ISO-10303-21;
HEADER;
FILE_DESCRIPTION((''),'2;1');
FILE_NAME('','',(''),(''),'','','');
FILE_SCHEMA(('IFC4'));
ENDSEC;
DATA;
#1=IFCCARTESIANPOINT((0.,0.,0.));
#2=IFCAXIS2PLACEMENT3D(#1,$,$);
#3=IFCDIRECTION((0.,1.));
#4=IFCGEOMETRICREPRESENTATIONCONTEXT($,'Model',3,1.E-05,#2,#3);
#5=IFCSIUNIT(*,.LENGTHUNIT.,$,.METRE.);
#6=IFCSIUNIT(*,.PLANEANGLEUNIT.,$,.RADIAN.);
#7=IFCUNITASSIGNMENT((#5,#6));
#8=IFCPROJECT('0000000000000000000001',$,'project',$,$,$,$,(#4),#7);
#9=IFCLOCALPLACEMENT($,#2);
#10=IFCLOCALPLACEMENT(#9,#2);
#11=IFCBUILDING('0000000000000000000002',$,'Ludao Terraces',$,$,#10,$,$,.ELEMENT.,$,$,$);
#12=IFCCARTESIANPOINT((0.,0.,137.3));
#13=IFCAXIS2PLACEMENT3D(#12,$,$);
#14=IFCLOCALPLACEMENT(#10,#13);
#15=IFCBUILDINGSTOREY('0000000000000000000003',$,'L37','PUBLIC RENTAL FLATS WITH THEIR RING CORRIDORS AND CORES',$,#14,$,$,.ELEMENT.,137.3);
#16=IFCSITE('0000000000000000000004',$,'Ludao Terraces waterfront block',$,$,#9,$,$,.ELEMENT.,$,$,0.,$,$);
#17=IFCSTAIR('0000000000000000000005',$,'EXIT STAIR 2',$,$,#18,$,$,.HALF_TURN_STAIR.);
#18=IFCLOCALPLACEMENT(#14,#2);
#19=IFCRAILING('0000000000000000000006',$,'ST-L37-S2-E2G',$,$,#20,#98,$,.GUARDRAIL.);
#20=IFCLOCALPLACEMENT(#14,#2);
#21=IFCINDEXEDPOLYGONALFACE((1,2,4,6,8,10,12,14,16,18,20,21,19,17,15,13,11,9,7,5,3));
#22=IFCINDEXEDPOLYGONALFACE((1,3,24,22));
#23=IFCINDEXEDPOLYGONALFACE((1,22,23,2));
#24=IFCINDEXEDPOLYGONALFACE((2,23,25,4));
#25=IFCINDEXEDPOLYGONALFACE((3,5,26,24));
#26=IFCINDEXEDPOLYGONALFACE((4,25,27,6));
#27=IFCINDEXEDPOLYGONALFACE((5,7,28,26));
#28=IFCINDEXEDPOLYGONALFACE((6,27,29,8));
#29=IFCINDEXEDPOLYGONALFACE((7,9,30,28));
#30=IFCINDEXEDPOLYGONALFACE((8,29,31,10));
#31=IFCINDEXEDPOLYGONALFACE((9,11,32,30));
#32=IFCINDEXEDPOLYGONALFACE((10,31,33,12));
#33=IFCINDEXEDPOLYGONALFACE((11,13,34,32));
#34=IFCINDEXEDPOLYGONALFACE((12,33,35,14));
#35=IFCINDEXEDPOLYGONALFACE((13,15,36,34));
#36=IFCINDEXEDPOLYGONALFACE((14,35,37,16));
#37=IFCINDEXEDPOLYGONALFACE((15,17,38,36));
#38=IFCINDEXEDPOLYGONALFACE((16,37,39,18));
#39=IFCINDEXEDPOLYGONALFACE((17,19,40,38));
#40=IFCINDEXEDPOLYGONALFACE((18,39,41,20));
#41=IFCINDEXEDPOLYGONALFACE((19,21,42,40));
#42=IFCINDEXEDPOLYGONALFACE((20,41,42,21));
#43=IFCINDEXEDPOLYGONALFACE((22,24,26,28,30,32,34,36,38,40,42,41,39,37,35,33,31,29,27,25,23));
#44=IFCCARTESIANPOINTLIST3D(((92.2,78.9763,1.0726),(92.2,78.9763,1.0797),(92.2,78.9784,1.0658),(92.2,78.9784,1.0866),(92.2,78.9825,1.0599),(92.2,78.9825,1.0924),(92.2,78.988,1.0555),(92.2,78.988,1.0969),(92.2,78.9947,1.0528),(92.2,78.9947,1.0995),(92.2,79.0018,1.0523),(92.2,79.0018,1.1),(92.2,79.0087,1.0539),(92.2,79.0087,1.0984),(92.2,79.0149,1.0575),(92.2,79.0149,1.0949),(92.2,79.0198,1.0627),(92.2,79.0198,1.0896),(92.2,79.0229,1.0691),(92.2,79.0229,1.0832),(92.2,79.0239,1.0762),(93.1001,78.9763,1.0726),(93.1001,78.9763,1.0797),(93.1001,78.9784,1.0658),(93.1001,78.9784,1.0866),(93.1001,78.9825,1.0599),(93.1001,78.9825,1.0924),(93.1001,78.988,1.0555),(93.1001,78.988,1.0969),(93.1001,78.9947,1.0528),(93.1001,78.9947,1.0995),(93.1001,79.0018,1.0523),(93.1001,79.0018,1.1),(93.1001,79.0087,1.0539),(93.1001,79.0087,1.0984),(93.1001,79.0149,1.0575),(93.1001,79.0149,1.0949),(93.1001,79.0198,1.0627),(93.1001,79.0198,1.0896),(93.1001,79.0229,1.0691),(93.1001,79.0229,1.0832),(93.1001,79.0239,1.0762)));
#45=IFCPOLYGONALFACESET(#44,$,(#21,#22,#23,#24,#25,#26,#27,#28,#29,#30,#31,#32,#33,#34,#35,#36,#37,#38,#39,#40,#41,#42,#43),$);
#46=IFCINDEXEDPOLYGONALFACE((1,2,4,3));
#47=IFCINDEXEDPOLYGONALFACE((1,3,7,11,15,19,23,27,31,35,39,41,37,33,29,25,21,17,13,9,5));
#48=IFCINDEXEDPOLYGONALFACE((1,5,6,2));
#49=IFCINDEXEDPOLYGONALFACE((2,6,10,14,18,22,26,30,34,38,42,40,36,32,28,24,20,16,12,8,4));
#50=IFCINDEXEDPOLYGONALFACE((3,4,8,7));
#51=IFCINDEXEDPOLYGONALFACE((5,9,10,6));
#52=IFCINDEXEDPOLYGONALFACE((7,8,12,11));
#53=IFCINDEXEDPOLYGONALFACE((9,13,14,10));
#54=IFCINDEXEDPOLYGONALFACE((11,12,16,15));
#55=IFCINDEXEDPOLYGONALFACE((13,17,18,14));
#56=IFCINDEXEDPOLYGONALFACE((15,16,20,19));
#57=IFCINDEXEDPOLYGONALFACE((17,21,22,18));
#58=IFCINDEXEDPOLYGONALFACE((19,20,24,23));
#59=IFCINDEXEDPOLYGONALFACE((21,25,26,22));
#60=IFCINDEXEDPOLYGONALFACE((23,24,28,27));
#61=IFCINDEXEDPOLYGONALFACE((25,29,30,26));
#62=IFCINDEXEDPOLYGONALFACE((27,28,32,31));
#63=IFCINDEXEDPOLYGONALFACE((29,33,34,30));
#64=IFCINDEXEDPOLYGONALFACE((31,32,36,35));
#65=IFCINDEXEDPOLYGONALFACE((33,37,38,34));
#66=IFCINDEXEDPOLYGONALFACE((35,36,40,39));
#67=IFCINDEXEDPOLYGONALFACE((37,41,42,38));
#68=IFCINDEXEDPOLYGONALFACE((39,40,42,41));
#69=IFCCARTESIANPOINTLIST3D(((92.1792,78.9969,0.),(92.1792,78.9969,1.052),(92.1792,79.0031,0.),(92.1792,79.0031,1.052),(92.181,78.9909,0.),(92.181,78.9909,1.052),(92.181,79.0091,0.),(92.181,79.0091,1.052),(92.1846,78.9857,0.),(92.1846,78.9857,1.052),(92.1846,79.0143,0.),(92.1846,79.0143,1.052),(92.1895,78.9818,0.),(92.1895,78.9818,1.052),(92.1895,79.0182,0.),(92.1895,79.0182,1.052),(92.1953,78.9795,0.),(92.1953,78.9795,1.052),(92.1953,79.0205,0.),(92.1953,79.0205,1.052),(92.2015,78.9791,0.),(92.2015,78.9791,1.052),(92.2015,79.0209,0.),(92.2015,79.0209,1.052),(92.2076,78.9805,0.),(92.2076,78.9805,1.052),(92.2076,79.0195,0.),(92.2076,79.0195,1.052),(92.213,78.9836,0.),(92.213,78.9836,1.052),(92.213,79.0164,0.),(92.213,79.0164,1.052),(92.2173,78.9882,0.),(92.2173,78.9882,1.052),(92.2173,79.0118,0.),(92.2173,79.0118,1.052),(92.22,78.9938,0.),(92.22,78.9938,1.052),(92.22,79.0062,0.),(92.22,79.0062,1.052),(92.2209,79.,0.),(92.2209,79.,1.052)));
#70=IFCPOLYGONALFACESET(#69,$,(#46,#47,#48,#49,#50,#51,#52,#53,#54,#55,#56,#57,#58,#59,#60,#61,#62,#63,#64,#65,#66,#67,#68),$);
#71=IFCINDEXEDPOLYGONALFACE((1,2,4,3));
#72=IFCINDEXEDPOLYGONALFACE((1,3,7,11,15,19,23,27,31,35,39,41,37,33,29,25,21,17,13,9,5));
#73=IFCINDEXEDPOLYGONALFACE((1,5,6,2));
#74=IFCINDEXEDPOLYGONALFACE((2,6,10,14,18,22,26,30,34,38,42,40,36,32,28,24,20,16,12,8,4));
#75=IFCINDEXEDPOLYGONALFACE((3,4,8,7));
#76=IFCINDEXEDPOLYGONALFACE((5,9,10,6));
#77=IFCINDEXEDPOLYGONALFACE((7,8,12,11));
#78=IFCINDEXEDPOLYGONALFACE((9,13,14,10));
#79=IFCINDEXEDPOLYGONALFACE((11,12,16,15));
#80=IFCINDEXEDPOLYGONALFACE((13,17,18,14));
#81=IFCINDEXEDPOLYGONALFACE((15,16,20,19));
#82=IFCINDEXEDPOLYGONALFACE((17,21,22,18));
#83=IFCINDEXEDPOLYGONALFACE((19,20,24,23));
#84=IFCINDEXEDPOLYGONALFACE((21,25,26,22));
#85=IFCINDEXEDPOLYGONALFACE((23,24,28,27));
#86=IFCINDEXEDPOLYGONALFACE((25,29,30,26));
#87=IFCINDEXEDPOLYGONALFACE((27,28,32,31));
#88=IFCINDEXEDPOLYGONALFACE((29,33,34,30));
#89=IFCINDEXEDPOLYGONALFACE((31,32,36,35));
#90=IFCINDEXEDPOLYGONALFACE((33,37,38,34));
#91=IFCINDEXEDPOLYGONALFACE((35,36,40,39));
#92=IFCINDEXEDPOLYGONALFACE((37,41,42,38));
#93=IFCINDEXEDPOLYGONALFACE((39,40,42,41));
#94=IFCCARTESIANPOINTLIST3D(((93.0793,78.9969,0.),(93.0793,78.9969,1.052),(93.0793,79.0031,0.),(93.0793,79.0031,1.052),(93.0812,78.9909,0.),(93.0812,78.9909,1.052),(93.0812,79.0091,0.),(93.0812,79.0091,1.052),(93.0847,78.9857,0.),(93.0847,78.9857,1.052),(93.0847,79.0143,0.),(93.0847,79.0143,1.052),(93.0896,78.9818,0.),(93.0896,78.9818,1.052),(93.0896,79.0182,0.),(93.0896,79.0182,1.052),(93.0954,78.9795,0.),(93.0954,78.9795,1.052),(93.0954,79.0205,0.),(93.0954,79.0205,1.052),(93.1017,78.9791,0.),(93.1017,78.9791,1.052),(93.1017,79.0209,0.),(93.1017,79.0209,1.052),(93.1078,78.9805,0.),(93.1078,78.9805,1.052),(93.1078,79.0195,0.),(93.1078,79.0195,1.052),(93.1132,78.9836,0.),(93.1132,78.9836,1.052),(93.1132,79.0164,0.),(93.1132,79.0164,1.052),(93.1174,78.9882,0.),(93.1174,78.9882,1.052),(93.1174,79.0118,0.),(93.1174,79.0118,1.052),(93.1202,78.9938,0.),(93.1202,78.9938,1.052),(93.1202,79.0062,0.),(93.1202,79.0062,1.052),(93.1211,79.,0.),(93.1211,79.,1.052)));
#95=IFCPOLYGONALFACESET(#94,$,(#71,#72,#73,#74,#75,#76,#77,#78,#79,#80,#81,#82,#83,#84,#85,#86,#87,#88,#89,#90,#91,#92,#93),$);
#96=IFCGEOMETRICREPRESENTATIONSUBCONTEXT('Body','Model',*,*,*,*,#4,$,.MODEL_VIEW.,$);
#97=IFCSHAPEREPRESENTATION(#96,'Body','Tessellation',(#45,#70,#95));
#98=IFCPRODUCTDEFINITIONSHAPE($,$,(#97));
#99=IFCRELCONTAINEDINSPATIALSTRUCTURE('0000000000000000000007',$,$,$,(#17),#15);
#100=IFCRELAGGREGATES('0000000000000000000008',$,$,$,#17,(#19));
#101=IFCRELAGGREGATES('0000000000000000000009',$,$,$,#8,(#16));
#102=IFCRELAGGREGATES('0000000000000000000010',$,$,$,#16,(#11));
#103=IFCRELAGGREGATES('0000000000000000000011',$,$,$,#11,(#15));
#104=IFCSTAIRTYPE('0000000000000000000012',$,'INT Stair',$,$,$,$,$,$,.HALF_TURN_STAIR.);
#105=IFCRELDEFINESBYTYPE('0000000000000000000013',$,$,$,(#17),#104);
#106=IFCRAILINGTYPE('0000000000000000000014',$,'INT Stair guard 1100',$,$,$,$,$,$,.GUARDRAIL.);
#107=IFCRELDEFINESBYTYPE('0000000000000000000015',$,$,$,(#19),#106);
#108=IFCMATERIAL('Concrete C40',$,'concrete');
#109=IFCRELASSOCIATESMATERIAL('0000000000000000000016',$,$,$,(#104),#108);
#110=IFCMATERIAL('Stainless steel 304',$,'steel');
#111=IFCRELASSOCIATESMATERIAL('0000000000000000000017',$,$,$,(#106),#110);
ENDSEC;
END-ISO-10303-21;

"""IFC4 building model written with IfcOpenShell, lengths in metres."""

from ifc_helpers import new_model, si_unit, direction, frame, origin, origin_2d, place, context, subcontext, project, spatial, circle, extrude, material, type_object, element, aggregate, save


model = new_model("IFC4")

# Units and contexts
model_context = context("Model", 3, precision=1e-05, world=origin(), true_north=direction((0.0, 1.0)))
body_context = subcontext(model_context, "Body", "Model", "MODEL_VIEW")
ifc_project = project(units=[si_unit("LENGTHUNIT", "METRE"), si_unit("PLANEANGLEUNIT", "RADIAN")], contexts=[model_context])

# Site, building, storey
site_placement = place(None, origin())
site = spatial("IfcSite", under=ifc_project, at=site_placement, Name="Ludao Terraces waterfront block", CompositionType="ELEMENT", RefElevation=0.0)
building_placement = place(site_placement, origin())
building = spatial("IfcBuilding", under=site, at=building_placement, Name="Ludao Terraces", CompositionType="ELEMENT")
storey_placement = place(building_placement, frame((0.0, 0.0, 137.3)))
storey = spatial("IfcBuildingStorey", under=building, at=storey_placement, Name="L37", Description="PUBLIC RENTAL FLATS WITH THEIR RING CORRIDORS AND CORES", CompositionType="ELEMENT", Elevation=137.3)

# Shared definitions
ifc_material_1 = material(Name="Stainless steel 304", Category="steel")

# Stair, railing
ifc_material_2 = material(Name="Concrete C40", Category="concrete")
stair_type = type_object("IfcStairType", Name="INT Stair", PredefinedType="HALF_TURN_STAIR", material=ifc_material_2)
stair_placement = place(storey_placement, origin())
stair = element("IfcStair", 1, at=stair_placement, inside=storey, type_object=stair_type, Name="EXIT STAIR 2", PredefinedType="HALF_TURN_STAIR")
railing_type_1 = type_object("IfcRailingType", Name="INT Stair guard 1100", PredefinedType="GUARDRAIL", material=ifc_material_1)
railing_1_placement = place(storey_placement, frame((92.2, 79.0, 0.0)))
railing_1 = element("IfcRailing", 2, at=railing_1_placement, type_object=railing_type_1, Name="ST-L37-S2-E2G", PredefinedType="GUARDRAIL", context=body_context, shape_type="SweptSolid", body=[
    extrude(circle(Radius=0.0239, at=origin_2d()), frame((0.0, 0.0, 1.0762), z_axis=(1.0, 0.0, 0.0), x_axis=(0.0, 1.0, 0.0)), (0.0, 0.0, 1.0), 0.9001),
    extrude(circle(Radius=0.021, at=origin_2d()), origin(), (0.0, 0.0, 1.0), 1.052),
    extrude(circle(Radius=0.021, at=origin_2d()), frame((0.9001, 0.0, 0.0)), (0.0, 0.0, 1.0), 1.052),
])
aggregate(stair, [railing_1])

save(model, "model.ifc")
